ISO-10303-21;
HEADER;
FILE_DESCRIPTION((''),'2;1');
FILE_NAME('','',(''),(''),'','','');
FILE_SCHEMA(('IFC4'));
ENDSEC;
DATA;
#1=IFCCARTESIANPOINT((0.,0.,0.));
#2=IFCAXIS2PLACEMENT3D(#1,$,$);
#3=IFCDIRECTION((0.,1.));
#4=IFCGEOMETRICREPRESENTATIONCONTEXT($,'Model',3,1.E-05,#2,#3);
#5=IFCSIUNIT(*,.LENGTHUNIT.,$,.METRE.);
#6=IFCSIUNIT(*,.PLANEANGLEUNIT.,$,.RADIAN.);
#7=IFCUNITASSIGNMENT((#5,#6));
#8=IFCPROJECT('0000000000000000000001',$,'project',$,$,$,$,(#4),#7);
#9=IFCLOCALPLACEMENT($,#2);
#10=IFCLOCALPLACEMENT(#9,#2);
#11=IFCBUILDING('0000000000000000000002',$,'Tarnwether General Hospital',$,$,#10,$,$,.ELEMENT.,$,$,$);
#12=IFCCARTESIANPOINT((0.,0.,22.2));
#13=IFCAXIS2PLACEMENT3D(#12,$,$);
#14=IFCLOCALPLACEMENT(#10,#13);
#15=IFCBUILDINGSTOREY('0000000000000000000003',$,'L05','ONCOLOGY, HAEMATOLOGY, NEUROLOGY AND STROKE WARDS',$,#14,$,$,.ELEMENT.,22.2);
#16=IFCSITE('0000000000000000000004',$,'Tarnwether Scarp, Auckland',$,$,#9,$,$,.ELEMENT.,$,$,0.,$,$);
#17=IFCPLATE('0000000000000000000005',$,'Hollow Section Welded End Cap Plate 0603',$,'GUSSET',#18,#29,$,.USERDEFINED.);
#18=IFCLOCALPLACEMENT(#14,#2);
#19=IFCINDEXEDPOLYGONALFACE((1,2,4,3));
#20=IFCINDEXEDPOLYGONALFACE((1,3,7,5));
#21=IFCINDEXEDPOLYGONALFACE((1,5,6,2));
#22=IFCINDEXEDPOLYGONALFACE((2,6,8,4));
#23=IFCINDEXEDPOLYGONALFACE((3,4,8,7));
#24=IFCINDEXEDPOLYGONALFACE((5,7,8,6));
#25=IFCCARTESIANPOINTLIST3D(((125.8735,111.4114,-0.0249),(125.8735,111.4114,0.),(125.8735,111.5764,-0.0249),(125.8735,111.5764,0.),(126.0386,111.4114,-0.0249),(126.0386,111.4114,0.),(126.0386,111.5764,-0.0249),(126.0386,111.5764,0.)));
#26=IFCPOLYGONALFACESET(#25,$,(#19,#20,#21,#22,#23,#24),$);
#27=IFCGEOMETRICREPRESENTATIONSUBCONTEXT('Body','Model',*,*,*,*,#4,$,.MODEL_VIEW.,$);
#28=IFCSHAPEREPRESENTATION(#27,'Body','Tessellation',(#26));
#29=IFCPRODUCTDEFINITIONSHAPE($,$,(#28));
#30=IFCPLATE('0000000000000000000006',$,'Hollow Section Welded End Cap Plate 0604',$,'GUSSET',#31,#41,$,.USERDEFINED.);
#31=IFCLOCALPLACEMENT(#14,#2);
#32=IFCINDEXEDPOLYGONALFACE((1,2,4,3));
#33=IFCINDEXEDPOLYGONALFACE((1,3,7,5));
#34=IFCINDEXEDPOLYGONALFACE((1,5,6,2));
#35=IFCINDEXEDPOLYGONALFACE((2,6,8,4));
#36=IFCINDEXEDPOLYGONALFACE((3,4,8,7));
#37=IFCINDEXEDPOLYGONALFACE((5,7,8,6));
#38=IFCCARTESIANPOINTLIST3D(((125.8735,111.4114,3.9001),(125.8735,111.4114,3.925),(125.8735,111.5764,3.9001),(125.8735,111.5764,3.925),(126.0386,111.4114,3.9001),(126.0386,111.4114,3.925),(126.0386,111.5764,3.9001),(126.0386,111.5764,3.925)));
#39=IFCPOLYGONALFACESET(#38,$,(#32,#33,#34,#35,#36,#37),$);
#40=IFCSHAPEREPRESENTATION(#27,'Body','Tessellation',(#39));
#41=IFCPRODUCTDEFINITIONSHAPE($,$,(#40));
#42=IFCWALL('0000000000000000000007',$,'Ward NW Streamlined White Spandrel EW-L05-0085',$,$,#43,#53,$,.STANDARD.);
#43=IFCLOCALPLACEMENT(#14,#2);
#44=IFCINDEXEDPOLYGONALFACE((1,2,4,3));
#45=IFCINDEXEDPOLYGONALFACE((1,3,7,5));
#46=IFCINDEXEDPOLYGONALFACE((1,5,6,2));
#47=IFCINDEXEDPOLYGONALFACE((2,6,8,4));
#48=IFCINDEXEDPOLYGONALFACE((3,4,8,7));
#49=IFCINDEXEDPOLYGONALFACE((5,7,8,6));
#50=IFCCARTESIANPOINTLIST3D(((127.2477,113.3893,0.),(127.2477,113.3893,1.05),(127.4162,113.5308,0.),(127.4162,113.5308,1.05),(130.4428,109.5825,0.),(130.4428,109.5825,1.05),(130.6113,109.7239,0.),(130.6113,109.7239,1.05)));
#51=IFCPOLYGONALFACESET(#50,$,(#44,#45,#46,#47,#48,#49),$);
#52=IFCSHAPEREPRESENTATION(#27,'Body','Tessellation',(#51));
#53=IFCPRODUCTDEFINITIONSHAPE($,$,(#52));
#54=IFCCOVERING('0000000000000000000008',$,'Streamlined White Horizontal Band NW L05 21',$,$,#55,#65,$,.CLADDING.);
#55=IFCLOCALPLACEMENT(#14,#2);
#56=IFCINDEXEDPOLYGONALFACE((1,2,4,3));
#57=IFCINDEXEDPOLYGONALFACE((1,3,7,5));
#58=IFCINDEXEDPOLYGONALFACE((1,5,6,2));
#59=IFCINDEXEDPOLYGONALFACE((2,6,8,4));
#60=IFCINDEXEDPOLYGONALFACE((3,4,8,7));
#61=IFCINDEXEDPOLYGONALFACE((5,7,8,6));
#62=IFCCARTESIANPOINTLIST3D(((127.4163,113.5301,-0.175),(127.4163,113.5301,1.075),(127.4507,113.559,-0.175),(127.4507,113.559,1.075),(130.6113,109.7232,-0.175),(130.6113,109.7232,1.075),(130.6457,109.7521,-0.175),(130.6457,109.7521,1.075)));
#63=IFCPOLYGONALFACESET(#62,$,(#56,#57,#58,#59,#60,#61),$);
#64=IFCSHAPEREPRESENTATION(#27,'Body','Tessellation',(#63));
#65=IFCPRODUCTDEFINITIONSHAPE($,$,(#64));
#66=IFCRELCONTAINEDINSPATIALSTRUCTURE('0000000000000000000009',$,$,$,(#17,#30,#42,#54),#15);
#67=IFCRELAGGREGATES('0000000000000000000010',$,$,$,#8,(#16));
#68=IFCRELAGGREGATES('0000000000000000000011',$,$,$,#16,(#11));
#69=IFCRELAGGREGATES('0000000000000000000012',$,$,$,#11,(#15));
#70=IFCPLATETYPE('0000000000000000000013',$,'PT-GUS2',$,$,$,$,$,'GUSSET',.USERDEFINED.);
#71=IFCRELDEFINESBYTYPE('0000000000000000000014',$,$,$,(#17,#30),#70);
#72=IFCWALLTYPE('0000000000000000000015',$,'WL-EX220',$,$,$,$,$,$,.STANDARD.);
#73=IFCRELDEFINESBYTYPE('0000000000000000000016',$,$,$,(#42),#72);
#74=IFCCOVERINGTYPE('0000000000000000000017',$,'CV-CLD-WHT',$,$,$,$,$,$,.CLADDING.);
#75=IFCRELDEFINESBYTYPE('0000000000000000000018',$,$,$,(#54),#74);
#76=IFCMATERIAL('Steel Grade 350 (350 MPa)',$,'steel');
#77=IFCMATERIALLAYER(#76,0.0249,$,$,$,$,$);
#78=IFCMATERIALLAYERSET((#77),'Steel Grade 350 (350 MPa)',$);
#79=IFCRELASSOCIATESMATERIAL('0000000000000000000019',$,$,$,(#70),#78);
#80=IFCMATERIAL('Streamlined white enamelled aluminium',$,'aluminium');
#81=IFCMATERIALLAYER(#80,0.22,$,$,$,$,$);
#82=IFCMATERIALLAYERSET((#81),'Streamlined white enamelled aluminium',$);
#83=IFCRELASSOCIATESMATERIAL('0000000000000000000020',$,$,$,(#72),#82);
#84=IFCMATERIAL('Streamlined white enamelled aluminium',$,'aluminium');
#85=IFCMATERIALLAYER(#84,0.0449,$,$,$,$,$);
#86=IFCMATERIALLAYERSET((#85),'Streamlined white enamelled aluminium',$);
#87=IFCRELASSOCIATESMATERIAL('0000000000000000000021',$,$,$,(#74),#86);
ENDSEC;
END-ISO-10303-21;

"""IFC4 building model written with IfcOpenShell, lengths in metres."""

from ifc_helpers import new_model, si_unit, direction, frame, frame_2d, origin, origin_2d, place, context, subcontext, project, spatial, rectangle, extrude, material, layer, layer_set, type_object, element, save


model = new_model("IFC4")

# Units and contexts
model_context = context("Model", 3, precision=1e-05, world=origin(), true_north=direction((0.0, 1.0)))
body_context = subcontext(model_context, "Body", "Model", "MODEL_VIEW")
ifc_project = project(units=[si_unit("LENGTHUNIT", "METRE"), si_unit("PLANEANGLEUNIT", "RADIAN")], contexts=[model_context])

# Site, building, storey
site_placement = place(None, origin())
site = spatial("IfcSite", under=ifc_project, at=site_placement, Name="Tarnwether Scarp, Auckland", CompositionType="ELEMENT", RefElevation=0.0)
building_placement = place(site_placement, origin())
building = spatial("IfcBuilding", under=site, at=building_placement, Name="Tarnwether General Hospital", CompositionType="ELEMENT")
storey_placement = place(building_placement, frame((0.0, 0.0, 22.2)))
storey = spatial("IfcBuildingStorey", under=building, at=storey_placement, Name="L05", Description="ONCOLOGY, HAEMATOLOGY, NEUROLOGY AND STROKE WARDS", CompositionType="ELEMENT", Elevation=22.2)

# Plates
ifc_material_1 = material(Name="Steel Grade 350 (350 MPa)", Category="steel")
ifc_layer_1 = layer(ifc_material_1, 0.0249)
ifc_layer_set_1 = layer_set([ifc_layer_1], Name="Steel Grade 350 (350 MPa)")
plate_type_1 = type_object("IfcPlateType", Name="PT-GUS2", ElementType="GUSSET", PredefinedType="USERDEFINED", material=ifc_layer_set_1)
for number, where, z_axis, x_axis, name in (
    (1, (125.9561, 111.4939, -0.0249), (0.0, 0.0, 1.0), (1.0, 0.0, 0.0), "Hollow Section Welded End Cap Plate 0603"),
    (2, (125.9561, 111.4939, 3.9001), (0.0, 0.0, 1.0), (1.0, 0.0, 0.0), "Hollow Section Welded End Cap Plate 0604"),
):
    element("IfcPlate", number, at=place(storey_placement, frame(where, z_axis=z_axis, x_axis=x_axis)), inside=storey, type_object=plate_type_1, Name=name, ObjectType="GUSSET", PredefinedType="USERDEFINED", context=body_context, shape_type="SweptSolid", body=[
        extrude(rectangle(XDim=0.165, YDim=0.165, at=origin_2d()), origin(), (0.0, 0.0, 1.0), 0.0249),
    ])

# Wall
ifc_material_2 = material(Name="Streamlined white enamelled aluminium", Category="aluminium")
ifc_layer_2 = layer(ifc_material_2, 0.22)
ifc_layer_set_2 = layer_set([ifc_layer_2], Name="Streamlined white enamelled aluminium")
wall_type = type_object("IfcWallType", Name="WL-EX220", PredefinedType="STANDARD", material=ifc_layer_set_2)
wall_placement = place(storey_placement, frame((127.332, 113.46, 0.0), z_axis=(0.0, 0.0, 1.0), x_axis=(0.642872, -0.765974, 0.0)))
element("IfcWall", 3, at=wall_placement, inside=storey, type_object=wall_type, Name="Ward NW Streamlined White Spandrel EW-L05-0085", PredefinedType="STANDARD", context=body_context, shape_type="SweptSolid", body=[
    extrude(rectangle(XDim=4.97, YDim=0.22, at=frame_2d((2.4849, 0.0))), origin(), (0.0, 0.0, 1.0), 1.05),
])

# Covering
ifc_material_3 = material(Name="Streamlined white enamelled aluminium", Category="aluminium")
ifc_layer_3 = layer(ifc_material_3, 0.0449)
ifc_layer_set_3 = layer_set([ifc_layer_3], Name="Streamlined white enamelled aluminium")
covering_type = type_object("IfcCoveringType", Name="CV-CLD-WHT", PredefinedType="CLADDING", material=ifc_layer_set_3)
covering_placement = place(storey_placement, frame((129.031, 111.6411, -0.175), z_axis=(0.0, 0.0, 1.0), x_axis=(0.642854, -0.765988, 0.0)))
element("IfcCovering", 4, at=covering_placement, inside=storey, type_object=covering_type, Name="Streamlined White Horizontal Band NW L05 21", PredefinedType="CLADDING", context=body_context, shape_type="SweptSolid", body=[
    extrude(rectangle(XDim=4.97, YDim=0.0449, at=origin_2d()), origin(), (0.0, 0.0, 1.0), 1.25),
])

save(model, "model.ifc")
